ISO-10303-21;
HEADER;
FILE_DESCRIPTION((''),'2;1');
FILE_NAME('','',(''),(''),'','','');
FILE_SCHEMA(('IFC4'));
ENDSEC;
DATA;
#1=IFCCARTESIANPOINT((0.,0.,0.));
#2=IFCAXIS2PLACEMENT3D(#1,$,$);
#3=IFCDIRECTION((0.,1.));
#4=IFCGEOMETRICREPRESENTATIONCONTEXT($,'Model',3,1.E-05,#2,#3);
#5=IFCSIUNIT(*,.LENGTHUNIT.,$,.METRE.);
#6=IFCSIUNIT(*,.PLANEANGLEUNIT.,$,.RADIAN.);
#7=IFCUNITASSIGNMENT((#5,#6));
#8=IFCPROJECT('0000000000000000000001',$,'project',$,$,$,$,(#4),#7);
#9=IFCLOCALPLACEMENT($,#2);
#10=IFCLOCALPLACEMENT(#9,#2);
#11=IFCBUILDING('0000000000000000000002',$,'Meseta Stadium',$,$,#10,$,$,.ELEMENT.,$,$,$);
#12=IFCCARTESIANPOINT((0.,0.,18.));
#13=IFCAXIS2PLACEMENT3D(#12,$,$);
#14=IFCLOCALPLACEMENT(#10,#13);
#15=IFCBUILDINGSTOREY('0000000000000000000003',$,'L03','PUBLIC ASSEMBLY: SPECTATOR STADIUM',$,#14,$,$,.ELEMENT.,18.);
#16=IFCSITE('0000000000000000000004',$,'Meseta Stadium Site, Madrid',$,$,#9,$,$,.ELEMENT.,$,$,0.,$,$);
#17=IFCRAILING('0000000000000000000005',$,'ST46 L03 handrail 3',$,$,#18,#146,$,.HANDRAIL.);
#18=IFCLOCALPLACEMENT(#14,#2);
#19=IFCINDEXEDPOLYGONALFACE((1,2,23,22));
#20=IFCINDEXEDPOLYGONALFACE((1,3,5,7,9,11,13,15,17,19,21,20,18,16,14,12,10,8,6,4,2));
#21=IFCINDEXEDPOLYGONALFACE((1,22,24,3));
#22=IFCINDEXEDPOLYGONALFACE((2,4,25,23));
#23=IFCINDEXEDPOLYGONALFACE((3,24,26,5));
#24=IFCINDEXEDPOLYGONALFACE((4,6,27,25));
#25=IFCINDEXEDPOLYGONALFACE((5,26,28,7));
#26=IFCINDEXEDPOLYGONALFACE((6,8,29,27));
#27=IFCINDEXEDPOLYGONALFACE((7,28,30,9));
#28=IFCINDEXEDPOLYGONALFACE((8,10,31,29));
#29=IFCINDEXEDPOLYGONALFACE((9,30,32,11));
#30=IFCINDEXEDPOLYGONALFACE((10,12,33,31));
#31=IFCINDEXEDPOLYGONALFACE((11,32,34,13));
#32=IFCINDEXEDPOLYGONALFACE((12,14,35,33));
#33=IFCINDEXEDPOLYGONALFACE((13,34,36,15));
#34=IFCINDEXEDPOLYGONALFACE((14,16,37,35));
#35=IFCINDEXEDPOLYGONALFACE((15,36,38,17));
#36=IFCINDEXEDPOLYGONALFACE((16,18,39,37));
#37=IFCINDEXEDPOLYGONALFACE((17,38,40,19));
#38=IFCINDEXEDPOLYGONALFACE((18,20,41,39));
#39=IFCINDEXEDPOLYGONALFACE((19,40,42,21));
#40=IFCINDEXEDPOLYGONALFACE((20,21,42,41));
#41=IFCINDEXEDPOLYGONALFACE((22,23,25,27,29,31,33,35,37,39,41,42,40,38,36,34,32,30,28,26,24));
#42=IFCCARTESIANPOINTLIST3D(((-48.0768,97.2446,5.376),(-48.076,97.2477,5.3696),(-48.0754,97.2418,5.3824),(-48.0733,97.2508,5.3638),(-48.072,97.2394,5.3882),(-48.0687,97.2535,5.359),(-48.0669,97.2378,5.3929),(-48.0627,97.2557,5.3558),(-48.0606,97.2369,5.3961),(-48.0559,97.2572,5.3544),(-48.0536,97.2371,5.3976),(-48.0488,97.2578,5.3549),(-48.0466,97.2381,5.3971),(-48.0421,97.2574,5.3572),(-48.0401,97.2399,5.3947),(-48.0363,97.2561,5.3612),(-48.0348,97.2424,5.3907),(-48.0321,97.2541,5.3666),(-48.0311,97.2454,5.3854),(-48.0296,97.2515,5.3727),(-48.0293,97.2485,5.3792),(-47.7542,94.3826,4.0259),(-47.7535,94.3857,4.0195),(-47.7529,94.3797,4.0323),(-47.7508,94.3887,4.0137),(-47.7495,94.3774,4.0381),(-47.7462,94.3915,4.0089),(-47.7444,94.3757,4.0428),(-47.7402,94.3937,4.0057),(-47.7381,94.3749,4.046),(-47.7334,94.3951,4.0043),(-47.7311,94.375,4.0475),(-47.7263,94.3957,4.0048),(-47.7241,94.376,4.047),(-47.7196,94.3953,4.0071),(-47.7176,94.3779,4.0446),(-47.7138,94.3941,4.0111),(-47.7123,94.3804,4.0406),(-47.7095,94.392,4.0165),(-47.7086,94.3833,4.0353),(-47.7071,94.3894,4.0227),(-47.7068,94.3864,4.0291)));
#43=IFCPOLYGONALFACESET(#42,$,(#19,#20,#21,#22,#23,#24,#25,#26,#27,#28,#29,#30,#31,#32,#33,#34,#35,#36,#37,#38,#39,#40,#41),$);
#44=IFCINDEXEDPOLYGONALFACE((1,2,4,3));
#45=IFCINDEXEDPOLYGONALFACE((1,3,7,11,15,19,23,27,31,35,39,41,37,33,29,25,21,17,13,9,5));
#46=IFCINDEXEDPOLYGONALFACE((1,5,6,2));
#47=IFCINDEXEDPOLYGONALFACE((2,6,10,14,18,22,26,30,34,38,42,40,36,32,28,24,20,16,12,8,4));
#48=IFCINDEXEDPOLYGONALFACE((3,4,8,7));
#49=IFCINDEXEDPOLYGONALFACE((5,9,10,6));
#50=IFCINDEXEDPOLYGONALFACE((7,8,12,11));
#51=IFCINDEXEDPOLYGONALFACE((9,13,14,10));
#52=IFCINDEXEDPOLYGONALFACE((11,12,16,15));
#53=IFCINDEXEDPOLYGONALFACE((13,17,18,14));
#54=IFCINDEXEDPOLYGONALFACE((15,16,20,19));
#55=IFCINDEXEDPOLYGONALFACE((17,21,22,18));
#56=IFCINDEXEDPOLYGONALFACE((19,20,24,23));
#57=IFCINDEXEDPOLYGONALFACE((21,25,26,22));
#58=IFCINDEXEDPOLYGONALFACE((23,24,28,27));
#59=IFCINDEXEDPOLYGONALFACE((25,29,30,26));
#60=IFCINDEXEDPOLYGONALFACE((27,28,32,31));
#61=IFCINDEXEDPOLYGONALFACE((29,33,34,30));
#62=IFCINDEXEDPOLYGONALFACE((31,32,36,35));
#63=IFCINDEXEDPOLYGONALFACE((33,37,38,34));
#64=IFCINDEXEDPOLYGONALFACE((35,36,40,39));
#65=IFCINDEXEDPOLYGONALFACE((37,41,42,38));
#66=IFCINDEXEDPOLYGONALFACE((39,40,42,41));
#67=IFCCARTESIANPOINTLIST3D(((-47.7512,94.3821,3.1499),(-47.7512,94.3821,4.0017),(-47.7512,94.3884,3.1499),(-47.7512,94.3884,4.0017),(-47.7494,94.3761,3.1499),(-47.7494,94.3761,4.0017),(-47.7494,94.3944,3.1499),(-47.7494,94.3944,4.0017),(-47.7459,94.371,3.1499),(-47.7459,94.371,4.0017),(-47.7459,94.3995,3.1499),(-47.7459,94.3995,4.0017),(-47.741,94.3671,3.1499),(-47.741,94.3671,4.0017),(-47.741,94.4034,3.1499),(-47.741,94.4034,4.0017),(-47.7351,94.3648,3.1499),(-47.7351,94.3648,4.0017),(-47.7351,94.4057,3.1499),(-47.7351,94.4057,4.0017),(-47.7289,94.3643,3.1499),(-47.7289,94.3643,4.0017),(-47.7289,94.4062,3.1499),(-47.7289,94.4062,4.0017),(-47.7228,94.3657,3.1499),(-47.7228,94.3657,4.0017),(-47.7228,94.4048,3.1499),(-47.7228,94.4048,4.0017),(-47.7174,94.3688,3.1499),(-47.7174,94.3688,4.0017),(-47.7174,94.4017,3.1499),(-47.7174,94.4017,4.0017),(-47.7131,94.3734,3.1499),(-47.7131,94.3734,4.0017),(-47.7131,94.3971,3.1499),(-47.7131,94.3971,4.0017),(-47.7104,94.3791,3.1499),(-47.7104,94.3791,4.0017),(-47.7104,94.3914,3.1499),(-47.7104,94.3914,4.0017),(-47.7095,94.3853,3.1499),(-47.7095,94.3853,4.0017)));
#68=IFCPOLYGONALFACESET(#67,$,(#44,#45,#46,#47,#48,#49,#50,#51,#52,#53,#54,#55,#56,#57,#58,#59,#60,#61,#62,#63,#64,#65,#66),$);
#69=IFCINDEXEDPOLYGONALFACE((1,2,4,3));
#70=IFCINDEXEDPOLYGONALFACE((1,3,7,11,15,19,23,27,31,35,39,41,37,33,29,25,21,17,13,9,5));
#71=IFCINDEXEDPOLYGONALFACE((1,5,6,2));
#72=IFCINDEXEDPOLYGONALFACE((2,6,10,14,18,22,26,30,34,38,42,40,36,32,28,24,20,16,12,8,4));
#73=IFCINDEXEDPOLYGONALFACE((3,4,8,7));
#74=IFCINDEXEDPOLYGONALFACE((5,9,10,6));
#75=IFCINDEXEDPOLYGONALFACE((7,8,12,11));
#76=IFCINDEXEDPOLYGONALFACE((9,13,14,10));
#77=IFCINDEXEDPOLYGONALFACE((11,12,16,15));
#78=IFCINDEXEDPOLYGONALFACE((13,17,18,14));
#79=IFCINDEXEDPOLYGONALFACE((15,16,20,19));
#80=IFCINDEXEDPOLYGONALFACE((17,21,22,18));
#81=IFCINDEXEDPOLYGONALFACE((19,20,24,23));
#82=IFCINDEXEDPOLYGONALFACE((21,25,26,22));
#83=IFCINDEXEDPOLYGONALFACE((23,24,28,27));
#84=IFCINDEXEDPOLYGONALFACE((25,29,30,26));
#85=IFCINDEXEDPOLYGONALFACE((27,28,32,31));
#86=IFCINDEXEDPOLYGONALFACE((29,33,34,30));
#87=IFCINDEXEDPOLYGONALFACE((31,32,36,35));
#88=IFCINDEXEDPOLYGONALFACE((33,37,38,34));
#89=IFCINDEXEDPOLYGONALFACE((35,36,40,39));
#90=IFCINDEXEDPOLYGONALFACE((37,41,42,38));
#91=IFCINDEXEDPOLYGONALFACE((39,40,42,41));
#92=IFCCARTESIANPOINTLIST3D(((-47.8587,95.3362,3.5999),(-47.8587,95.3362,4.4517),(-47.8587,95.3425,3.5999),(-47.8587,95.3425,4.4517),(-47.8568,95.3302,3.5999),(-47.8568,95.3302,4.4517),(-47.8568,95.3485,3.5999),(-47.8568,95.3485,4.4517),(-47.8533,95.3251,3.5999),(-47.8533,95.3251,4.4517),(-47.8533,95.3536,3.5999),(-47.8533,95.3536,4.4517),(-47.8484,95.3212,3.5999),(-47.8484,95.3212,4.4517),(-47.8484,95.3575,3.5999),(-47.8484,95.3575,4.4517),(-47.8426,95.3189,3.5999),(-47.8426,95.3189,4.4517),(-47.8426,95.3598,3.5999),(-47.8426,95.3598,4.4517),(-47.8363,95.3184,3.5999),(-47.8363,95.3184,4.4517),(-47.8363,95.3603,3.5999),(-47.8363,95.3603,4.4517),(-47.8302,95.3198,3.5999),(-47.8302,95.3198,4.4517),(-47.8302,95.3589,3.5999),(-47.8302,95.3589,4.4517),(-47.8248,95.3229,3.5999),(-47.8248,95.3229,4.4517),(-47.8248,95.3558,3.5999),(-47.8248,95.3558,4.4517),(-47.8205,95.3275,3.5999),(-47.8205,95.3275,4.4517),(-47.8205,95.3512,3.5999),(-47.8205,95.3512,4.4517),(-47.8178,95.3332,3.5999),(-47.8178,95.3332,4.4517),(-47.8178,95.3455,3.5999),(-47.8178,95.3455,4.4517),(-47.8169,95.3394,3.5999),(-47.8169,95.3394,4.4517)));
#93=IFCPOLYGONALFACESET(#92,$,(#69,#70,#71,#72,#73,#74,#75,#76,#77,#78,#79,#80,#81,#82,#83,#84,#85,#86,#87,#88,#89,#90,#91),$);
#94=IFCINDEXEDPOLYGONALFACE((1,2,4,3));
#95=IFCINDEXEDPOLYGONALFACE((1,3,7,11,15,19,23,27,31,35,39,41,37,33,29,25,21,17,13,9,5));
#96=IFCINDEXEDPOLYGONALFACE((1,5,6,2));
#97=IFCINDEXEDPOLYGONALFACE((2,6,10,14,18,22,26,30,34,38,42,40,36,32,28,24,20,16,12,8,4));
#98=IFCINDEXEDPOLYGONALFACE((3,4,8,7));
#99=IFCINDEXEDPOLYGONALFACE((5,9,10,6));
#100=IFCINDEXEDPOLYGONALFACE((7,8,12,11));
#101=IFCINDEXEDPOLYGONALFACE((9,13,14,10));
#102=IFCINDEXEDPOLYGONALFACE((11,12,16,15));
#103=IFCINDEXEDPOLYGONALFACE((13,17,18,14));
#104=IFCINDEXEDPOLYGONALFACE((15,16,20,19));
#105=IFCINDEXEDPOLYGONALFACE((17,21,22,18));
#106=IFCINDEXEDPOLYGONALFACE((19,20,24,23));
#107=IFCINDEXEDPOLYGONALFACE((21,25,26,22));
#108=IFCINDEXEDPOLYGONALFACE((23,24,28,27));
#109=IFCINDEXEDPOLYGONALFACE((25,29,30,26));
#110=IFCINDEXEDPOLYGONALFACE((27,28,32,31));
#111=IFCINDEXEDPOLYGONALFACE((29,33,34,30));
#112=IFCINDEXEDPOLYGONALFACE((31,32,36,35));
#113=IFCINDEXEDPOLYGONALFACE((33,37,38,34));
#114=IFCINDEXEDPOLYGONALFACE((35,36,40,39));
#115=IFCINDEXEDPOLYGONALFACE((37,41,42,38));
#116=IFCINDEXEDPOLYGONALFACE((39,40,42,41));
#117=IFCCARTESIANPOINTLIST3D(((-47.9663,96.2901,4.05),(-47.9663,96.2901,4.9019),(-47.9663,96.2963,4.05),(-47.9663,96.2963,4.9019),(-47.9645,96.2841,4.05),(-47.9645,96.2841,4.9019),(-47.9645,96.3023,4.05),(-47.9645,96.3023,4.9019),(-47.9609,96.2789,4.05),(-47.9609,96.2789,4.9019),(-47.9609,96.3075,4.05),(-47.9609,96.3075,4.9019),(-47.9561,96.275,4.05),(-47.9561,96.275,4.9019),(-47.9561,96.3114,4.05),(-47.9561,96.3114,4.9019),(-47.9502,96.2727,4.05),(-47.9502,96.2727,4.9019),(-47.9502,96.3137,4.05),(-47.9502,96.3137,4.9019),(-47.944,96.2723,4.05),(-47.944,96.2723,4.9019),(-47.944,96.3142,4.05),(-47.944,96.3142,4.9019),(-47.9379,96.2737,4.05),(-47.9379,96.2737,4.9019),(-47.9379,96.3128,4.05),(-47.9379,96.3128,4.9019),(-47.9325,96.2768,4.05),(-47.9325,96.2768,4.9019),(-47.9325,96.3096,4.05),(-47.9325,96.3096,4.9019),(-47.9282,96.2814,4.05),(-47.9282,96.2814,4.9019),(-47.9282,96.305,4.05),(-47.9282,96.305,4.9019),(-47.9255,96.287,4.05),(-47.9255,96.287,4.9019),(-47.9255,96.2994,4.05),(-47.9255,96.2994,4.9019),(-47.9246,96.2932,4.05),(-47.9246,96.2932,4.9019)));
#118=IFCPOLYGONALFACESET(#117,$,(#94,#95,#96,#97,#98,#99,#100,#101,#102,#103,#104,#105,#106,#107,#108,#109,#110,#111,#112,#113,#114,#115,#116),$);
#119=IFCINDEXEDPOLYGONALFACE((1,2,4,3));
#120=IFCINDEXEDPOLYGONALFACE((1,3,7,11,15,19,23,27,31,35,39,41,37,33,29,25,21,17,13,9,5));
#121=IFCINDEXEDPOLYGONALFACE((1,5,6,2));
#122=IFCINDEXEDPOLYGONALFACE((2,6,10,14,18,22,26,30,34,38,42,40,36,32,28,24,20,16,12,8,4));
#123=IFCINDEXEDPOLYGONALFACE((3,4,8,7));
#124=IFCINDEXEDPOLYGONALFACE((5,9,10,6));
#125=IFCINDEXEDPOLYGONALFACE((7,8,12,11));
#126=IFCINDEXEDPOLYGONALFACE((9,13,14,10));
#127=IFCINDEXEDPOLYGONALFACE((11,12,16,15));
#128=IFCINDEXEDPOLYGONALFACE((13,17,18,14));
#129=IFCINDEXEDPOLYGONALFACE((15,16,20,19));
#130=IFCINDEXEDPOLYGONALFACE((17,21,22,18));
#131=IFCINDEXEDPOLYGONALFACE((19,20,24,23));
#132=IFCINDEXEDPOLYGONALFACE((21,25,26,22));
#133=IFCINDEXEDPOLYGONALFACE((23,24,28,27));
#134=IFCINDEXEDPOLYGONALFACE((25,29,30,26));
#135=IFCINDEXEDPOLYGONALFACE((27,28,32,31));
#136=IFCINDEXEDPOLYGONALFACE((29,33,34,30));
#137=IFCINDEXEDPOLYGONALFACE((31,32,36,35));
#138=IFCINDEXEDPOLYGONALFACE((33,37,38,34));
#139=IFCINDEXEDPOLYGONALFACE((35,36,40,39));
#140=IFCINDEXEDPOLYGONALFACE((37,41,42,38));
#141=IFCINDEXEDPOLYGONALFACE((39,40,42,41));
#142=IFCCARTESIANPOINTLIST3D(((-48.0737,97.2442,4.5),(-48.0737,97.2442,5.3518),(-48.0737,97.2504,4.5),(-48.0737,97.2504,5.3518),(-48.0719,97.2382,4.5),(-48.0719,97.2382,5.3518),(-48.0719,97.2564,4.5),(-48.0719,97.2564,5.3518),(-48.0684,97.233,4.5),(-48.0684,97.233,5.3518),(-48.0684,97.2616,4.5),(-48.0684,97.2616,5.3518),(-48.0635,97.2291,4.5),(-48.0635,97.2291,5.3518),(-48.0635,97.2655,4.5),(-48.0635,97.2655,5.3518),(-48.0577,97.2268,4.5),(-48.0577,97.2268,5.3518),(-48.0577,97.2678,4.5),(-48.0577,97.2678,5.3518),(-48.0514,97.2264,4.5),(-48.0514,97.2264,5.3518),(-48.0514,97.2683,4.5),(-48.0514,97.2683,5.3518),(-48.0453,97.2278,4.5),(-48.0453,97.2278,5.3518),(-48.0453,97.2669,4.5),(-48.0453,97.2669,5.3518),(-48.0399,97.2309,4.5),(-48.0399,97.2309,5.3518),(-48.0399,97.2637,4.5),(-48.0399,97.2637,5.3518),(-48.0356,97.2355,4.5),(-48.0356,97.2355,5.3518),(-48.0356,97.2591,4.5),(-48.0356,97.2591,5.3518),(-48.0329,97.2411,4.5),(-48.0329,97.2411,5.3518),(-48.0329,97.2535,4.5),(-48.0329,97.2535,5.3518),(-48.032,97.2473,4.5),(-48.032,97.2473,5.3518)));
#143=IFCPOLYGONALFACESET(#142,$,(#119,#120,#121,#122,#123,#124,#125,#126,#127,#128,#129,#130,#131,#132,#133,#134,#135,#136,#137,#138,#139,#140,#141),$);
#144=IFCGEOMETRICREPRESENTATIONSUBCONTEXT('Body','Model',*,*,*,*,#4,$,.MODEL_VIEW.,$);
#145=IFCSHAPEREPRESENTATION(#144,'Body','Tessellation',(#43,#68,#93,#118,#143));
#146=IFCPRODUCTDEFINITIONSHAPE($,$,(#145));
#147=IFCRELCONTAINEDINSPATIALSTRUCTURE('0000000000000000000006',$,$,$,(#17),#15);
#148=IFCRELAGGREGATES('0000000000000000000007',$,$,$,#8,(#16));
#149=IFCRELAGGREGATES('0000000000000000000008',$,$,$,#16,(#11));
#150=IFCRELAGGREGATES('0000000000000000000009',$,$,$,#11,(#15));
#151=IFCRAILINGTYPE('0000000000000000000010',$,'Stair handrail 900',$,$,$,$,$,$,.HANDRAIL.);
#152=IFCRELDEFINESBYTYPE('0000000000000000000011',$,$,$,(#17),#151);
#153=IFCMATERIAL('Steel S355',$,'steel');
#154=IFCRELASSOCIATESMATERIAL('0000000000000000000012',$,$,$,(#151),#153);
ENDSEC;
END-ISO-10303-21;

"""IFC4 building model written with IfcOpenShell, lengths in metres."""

from ifc_helpers import new_model, si_unit, direction, frame, origin, origin_2d, place, context, subcontext, project, spatial, circle, extrude, material, type_object, element, save


model = new_model("IFC4")

# Units and contexts
model_context = context("Model", 3, precision=1e-05, world=origin(), true_north=direction((0.0, 1.0)))
body_context = subcontext(model_context, "Body", "Model", "MODEL_VIEW")
ifc_project = project(units=[si_unit("LENGTHUNIT", "METRE"), si_unit("PLANEANGLEUNIT", "RADIAN")], contexts=[model_context])

# Site, building, storey
site_placement = place(None, origin())
site = spatial("IfcSite", under=ifc_project, at=site_placement, Name="Meseta Stadium Site, Madrid", CompositionType="ELEMENT", RefElevation=0.0)
building_placement = place(site_placement, origin())
building = spatial("IfcBuilding", under=site, at=building_placement, Name="Meseta Stadium", CompositionType="ELEMENT")
storey_placement = place(building_placement, frame((0.0, 0.0, 18.0)))
storey = spatial("IfcBuildingStorey", under=building, at=storey_placement, Name="L03", Description="PUBLIC ASSEMBLY: SPECTATOR STADIUM", CompositionType="ELEMENT", Elevation=18.0)

# Railing
ifc_material_1 = material(Name="Steel S355", Category="steel")
railing_type_1 = type_object("IfcRailingType", Name="Stair handrail 900", PredefinedType="HANDRAIL", material=ifc_material_1)
for number, where, name in (
    (1, (-47.7305, 94.3853, 3.1499), "ST46 L03 handrail 3"),
):
    element("IfcRailing", number, at=place(storey_placement, frame(where)), inside=storey, type_object=railing_type_1, Name=name, PredefinedType="HANDRAIL", context=body_context, shape_type="SweptSolid", body=[
        extrude(circle(Radius=0.0239, at=origin_2d()), frame((0.0, 0.0, 0.876), z_axis=(-0.101389, 0.899763, 0.424438), x_axis=(-0.993711, -0.111976, 0.0)), (0.0, 0.0, 1.0), 3.1809),
        extrude(circle(Radius=0.021, at=origin_2d()), origin(), (0.0, 0.0, 1.0), 0.8518),
        extrude(circle(Radius=0.021, at=origin_2d()), frame((-0.1074, 0.9541, 0.45)), (0.0, 0.0, 1.0), 0.8518),
        extrude(circle(Radius=0.021, at=origin_2d()), frame((-0.2151, 1.908, 0.9001)), (0.0, 0.0, 1.0), 0.8518),
        extrude(circle(Radius=0.021, at=origin_2d()), frame((-0.3225, 2.8621, 1.3501)), (0.0, 0.0, 1.0), 0.8518),
    ])

save(model, "model.ifc")
